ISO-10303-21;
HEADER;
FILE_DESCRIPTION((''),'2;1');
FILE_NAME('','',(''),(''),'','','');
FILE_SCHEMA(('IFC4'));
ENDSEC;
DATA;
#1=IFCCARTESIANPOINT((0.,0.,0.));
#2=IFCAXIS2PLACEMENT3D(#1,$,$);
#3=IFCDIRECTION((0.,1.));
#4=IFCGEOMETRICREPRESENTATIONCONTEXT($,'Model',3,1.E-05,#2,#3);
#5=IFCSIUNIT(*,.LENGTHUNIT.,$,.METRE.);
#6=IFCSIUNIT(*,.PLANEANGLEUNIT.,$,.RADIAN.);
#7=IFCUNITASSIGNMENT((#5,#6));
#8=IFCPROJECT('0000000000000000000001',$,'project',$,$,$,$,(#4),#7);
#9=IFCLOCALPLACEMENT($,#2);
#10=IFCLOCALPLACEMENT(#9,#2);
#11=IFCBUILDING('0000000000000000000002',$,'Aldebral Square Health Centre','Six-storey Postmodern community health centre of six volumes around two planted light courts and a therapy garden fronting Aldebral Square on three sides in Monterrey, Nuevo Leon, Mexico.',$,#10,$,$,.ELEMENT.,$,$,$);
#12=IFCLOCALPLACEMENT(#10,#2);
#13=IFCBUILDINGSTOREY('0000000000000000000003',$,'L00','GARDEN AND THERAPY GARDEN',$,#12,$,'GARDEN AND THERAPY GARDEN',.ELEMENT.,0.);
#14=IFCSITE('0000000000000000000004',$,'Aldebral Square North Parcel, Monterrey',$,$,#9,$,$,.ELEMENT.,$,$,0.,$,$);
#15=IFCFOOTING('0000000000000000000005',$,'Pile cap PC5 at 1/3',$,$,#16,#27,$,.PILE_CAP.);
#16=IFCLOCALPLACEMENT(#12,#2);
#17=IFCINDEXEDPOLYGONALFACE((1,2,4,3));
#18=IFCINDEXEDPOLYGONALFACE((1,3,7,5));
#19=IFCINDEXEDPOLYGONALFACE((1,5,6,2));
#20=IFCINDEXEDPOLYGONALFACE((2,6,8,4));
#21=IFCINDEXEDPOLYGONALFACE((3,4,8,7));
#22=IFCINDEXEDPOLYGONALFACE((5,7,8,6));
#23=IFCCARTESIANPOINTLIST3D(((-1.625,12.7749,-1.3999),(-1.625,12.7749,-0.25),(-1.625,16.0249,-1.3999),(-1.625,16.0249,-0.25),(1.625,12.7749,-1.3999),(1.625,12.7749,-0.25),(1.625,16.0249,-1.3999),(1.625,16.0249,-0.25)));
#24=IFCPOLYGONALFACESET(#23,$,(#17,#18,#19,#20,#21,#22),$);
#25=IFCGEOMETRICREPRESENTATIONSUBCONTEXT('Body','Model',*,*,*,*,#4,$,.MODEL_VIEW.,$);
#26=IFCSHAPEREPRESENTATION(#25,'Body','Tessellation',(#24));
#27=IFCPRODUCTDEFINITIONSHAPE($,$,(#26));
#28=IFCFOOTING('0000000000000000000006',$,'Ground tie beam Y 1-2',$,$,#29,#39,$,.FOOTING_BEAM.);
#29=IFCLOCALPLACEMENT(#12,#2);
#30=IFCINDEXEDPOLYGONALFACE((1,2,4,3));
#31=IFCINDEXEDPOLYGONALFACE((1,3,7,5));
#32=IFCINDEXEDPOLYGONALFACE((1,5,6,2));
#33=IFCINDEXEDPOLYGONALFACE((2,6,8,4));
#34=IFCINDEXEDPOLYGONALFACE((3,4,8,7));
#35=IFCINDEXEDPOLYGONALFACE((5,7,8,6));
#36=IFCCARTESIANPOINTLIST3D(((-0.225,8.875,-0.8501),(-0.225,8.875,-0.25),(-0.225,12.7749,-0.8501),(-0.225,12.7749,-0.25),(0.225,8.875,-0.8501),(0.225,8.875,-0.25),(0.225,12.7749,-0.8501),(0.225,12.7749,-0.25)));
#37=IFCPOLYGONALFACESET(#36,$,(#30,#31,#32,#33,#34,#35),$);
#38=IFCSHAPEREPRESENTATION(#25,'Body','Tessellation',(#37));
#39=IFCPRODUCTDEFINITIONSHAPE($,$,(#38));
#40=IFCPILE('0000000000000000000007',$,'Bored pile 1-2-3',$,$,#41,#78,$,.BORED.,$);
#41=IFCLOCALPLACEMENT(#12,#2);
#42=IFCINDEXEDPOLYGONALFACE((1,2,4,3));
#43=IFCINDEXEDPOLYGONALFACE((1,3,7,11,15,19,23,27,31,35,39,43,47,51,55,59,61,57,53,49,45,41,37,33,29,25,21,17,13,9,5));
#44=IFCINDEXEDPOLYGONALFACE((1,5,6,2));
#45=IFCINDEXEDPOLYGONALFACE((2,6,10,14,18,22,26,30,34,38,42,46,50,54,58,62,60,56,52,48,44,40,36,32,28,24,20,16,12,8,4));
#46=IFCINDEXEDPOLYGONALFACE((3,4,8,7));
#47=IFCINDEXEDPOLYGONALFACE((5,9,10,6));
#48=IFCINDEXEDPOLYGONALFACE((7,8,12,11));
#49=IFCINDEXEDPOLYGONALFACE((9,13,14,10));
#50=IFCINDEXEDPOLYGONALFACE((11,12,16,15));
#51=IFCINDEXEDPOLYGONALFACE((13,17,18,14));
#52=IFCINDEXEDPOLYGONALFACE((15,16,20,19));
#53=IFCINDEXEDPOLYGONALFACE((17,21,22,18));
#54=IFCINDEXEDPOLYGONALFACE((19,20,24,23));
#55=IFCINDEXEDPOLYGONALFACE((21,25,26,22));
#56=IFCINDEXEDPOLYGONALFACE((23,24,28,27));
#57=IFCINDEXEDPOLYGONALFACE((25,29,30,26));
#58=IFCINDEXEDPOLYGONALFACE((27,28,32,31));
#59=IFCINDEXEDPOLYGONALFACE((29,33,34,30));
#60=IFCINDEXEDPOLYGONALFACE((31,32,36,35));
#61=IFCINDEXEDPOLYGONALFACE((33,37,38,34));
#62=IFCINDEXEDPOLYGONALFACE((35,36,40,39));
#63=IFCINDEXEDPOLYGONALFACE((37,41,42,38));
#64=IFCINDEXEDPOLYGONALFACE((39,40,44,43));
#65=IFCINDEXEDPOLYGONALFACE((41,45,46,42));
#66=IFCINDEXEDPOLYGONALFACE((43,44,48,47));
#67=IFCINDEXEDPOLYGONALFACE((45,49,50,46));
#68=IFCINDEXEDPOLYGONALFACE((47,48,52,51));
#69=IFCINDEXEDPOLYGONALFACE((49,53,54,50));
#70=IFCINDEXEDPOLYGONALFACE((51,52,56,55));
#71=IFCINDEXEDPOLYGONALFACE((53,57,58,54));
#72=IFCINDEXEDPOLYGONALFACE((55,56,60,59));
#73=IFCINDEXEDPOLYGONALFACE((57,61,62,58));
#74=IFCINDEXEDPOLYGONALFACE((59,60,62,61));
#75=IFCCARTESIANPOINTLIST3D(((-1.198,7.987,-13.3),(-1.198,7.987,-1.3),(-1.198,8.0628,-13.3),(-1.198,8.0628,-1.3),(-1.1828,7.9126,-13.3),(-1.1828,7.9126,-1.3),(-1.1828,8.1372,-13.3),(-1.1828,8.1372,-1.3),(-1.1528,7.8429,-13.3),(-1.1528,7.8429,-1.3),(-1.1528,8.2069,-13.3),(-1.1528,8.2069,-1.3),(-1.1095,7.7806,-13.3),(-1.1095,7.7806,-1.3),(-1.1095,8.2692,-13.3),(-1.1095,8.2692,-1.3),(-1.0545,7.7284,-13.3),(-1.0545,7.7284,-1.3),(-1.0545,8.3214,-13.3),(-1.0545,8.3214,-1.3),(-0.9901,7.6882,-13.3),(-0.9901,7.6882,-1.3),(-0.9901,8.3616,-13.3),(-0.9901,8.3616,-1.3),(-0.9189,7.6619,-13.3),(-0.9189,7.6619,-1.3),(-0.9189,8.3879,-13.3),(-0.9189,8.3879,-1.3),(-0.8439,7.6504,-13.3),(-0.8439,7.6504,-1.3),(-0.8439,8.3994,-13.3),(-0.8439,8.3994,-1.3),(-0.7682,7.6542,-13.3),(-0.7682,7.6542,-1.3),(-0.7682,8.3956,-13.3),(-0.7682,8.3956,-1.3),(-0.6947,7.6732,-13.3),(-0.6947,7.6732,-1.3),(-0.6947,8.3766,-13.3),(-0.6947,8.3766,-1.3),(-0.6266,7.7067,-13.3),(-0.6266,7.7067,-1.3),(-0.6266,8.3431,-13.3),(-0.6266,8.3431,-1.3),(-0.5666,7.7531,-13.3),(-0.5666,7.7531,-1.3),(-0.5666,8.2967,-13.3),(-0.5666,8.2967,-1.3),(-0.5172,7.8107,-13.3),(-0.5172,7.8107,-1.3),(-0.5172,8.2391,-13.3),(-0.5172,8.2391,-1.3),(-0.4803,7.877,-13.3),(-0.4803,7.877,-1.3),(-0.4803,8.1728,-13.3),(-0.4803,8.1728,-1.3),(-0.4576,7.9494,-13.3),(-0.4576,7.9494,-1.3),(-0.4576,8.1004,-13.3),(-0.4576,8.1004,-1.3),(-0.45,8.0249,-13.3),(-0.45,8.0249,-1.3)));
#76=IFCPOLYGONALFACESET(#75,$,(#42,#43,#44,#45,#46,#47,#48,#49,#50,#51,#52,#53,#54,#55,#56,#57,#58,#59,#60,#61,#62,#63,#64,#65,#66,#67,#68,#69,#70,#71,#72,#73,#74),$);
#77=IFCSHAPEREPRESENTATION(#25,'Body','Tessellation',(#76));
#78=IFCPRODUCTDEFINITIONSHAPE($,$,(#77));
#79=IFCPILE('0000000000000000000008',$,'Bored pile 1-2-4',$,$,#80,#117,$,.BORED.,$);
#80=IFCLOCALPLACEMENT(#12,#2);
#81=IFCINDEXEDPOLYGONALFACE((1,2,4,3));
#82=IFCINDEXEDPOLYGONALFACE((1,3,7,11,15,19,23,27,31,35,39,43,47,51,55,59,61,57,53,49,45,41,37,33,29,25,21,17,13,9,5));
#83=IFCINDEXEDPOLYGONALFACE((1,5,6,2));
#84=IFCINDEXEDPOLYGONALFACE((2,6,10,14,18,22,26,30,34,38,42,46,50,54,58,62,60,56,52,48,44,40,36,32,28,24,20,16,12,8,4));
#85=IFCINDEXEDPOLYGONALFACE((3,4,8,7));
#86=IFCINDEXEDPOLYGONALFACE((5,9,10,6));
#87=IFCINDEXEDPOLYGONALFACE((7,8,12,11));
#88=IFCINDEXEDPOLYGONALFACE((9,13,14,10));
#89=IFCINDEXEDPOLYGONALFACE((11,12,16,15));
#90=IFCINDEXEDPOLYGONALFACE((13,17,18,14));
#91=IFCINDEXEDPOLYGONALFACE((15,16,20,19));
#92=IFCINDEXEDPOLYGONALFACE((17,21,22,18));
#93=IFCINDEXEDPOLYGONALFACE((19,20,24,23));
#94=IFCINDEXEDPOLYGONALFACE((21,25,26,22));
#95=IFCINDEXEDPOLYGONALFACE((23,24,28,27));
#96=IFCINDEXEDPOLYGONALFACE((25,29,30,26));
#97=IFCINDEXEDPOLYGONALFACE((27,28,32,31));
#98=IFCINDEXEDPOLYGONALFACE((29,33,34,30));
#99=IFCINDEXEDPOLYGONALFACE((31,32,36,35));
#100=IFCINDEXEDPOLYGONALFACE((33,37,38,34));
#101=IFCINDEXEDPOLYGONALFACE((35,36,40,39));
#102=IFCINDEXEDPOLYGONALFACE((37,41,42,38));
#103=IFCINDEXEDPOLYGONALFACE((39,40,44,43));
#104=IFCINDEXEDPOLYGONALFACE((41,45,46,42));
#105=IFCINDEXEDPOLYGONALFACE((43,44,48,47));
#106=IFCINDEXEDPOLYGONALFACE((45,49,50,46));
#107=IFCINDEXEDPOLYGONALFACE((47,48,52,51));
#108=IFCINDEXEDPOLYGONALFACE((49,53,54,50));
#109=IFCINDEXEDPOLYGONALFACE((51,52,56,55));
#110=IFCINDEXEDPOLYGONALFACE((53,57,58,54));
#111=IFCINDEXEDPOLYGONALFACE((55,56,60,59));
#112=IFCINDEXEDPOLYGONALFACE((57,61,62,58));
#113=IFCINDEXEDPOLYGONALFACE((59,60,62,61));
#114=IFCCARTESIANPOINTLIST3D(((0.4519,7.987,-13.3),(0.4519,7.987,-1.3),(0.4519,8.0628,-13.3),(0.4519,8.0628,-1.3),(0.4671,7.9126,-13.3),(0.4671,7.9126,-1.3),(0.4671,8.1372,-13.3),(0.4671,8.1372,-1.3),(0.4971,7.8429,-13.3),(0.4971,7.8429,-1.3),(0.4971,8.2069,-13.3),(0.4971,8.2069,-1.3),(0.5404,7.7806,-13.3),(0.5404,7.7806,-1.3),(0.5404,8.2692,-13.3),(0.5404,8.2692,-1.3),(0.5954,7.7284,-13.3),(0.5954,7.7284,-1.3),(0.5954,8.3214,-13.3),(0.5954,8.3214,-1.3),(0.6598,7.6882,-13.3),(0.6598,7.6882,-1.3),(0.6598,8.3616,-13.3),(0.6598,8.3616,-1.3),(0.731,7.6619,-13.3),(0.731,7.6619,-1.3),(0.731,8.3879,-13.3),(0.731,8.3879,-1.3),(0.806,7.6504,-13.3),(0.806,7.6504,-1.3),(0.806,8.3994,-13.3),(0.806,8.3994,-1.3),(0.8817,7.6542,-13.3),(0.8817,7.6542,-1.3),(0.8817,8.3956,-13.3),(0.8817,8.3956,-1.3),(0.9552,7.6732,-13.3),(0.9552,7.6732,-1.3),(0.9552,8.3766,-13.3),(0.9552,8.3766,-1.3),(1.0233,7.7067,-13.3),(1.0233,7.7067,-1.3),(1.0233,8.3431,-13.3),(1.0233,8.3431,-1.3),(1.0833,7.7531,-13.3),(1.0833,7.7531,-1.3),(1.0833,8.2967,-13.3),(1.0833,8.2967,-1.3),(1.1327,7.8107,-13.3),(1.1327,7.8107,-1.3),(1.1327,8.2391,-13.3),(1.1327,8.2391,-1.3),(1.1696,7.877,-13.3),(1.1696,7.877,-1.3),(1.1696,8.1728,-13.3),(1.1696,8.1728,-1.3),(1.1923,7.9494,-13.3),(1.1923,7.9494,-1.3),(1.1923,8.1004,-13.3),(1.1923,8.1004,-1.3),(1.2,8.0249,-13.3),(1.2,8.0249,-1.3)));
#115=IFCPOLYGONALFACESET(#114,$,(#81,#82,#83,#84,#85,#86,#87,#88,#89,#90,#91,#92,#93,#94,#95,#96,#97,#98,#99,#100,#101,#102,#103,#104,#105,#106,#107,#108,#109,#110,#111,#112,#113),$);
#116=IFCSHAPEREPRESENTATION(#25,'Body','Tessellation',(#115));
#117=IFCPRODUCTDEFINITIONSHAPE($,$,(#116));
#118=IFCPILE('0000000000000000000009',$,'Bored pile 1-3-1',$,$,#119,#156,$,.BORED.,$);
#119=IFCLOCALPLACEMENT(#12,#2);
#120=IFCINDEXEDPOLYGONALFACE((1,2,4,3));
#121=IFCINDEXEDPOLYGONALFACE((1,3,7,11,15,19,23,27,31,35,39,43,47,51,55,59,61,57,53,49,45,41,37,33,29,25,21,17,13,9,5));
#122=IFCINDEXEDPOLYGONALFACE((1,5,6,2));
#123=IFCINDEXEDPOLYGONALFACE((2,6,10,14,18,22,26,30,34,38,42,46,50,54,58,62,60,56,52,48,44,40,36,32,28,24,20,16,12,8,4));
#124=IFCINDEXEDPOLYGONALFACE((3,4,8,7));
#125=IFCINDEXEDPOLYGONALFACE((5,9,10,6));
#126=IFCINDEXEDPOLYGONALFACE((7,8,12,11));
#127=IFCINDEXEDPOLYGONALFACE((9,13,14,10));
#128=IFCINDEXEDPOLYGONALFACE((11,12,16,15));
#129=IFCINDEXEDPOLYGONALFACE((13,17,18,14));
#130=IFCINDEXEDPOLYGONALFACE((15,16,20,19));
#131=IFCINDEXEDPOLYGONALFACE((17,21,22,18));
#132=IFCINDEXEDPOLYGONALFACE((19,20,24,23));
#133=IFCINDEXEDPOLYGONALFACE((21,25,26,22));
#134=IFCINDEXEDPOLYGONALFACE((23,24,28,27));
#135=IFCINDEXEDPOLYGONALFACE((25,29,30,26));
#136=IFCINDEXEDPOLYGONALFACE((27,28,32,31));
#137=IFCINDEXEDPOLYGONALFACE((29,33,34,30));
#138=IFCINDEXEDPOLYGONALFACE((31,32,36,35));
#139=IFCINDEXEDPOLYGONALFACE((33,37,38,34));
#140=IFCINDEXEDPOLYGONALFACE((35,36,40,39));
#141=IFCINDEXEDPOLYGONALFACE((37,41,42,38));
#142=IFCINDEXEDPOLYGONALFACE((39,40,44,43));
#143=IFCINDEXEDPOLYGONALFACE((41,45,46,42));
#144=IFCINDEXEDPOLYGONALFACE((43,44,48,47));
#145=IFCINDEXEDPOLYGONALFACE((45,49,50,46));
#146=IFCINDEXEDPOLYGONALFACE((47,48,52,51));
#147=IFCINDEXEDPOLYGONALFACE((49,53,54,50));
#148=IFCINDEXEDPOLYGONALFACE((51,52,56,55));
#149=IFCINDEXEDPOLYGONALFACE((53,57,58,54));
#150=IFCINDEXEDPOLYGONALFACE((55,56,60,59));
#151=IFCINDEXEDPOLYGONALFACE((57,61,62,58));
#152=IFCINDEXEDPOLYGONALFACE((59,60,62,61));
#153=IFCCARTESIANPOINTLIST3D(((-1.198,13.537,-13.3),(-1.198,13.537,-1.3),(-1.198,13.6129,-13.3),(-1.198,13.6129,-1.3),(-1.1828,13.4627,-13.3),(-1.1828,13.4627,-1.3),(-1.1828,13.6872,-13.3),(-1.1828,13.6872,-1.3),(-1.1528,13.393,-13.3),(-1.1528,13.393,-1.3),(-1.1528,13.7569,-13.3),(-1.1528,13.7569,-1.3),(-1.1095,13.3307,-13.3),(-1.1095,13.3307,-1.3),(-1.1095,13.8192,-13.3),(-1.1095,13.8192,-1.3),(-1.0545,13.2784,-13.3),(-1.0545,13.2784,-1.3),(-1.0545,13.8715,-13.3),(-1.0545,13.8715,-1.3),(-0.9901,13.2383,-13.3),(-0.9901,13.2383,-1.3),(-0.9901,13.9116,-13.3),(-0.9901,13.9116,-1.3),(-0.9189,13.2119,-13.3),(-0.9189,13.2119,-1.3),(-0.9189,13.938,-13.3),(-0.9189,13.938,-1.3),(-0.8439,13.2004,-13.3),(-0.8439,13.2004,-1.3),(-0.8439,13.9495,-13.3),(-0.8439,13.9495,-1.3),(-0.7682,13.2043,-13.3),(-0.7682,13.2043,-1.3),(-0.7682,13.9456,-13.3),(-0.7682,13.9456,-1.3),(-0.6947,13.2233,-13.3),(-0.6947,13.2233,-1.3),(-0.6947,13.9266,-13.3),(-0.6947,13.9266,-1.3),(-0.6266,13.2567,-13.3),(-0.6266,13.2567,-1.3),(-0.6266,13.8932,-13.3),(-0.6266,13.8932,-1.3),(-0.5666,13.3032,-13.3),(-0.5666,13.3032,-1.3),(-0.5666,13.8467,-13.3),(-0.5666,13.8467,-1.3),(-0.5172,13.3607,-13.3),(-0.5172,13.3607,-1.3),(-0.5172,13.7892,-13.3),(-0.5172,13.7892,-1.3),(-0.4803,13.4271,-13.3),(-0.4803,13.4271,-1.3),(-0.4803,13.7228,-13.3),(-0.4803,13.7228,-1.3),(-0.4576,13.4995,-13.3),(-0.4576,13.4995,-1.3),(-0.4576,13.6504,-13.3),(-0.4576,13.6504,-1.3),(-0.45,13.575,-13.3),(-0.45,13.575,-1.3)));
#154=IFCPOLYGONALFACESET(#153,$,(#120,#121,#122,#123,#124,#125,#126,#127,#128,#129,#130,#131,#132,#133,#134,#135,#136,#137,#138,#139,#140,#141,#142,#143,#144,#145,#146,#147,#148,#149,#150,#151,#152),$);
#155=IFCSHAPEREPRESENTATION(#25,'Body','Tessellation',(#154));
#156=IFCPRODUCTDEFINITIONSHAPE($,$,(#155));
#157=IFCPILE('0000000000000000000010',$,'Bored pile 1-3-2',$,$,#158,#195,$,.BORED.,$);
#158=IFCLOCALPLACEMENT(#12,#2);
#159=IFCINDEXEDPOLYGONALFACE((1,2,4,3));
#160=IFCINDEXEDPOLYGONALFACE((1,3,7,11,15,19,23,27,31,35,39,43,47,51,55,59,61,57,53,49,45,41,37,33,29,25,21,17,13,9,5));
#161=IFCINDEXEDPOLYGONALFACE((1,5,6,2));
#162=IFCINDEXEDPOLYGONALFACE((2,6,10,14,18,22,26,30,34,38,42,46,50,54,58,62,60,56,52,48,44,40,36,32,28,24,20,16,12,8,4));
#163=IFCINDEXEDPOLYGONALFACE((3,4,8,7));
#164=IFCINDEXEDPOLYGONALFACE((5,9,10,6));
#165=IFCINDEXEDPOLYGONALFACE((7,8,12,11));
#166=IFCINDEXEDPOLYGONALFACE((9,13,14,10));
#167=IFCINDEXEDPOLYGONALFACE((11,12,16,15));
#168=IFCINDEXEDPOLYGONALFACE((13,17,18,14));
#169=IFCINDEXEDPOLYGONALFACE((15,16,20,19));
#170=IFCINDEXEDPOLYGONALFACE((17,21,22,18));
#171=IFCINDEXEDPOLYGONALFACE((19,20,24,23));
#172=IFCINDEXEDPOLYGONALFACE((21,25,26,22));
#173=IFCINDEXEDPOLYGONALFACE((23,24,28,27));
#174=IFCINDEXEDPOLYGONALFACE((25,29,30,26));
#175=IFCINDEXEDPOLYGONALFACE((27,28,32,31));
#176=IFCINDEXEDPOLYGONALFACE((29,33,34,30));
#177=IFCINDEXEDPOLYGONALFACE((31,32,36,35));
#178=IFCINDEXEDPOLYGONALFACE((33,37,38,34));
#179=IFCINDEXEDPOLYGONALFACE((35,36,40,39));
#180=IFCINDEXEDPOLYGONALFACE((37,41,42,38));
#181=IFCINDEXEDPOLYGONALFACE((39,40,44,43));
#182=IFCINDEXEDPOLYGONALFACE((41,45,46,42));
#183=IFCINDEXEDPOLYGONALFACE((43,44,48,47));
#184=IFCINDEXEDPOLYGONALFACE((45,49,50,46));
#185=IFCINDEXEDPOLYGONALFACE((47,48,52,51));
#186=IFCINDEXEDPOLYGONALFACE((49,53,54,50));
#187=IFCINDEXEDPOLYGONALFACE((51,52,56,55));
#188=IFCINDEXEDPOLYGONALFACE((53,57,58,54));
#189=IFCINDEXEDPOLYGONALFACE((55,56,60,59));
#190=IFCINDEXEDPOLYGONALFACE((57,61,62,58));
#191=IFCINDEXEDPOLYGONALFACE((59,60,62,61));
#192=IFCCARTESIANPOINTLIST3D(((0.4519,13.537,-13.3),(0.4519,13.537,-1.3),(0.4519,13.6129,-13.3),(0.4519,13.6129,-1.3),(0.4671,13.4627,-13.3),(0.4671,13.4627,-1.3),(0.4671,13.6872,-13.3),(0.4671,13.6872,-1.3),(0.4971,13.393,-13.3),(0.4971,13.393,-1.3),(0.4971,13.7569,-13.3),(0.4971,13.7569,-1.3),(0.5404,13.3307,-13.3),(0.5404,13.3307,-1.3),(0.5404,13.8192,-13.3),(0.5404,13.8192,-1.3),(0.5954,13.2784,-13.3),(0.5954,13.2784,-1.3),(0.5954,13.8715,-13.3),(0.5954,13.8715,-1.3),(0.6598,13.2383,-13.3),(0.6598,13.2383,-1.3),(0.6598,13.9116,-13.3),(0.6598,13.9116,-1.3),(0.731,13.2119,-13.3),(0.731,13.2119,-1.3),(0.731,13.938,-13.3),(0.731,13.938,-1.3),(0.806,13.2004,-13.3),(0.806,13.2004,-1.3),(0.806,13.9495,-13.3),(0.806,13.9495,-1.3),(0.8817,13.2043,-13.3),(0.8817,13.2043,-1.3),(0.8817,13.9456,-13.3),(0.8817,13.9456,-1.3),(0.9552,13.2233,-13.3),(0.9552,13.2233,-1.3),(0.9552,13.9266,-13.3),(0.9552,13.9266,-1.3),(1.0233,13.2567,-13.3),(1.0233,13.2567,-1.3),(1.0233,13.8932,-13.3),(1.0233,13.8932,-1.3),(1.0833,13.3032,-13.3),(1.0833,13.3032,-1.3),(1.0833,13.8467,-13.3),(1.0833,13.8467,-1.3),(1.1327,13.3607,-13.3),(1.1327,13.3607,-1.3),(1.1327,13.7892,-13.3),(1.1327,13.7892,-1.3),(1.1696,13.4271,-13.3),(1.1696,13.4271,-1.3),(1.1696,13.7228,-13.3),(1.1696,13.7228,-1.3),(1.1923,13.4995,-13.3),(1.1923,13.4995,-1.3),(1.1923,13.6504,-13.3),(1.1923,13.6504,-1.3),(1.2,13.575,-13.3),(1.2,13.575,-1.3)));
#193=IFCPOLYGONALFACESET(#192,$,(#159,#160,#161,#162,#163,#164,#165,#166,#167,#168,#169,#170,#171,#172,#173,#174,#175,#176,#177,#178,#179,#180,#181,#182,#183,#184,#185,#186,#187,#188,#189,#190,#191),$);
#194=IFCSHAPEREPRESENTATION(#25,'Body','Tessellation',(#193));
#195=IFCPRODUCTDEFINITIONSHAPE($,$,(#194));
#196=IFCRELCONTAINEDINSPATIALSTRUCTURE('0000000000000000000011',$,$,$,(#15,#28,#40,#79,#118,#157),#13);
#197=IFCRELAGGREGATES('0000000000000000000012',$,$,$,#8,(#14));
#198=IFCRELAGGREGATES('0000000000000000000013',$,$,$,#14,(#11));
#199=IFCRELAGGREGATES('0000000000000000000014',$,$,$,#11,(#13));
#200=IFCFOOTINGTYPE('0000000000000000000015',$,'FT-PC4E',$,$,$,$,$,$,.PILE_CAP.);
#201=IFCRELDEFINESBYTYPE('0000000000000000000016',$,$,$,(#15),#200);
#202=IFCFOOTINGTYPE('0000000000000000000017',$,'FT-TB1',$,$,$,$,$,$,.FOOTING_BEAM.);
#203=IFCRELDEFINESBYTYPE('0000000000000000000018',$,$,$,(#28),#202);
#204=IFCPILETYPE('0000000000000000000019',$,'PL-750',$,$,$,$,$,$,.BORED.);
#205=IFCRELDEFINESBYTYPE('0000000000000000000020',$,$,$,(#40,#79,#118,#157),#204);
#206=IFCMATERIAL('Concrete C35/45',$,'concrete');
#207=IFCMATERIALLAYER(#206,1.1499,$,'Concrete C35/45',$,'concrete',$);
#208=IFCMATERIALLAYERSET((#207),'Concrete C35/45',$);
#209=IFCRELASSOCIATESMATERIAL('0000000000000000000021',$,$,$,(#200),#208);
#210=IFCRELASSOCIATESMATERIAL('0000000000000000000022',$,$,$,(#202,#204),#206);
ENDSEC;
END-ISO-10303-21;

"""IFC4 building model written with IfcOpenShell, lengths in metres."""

from ifc_helpers import new_model, si_unit, direction, frame, origin, origin_2d, place, context, subcontext, project, spatial, rectangle, circle, extrude, material, layer, layer_set, material_profile, profile_set, type_object, element, save


model = new_model("IFC4")

# Units and contexts
model_context = context("Model", 3, precision=1e-05, world=origin(), true_north=direction((0.0, 1.0)))
body_context = subcontext(model_context, "Body", "Model", "MODEL_VIEW")
ifc_project = project(units=[si_unit("LENGTHUNIT", "METRE"), si_unit("PLANEANGLEUNIT", "RADIAN")], contexts=[model_context])

# Site, building, storey
site_placement = place(None, origin())
site = spatial("IfcSite", under=ifc_project, at=site_placement, Name="Aldebral Square North Parcel, Monterrey", CompositionType="ELEMENT", RefElevation=0.0)
building_placement = place(site_placement, origin())
building = spatial("IfcBuilding", under=site, at=building_placement, Name="Aldebral Square Health Centre", Description="Six-storey Postmodern community health centre of six volumes around two planted light courts and a therapy garden fronting Aldebral Square on three sides in Monterrey, Nuevo Leon, Mexico.", CompositionType="ELEMENT")
storey_placement = place(building_placement, origin())
storey = spatial("IfcBuildingStorey", under=building, at=storey_placement, Name="L00", Description="GARDEN AND THERAPY GARDEN", LongName="GARDEN AND THERAPY GARDEN", CompositionType="ELEMENT", Elevation=0.0)

# Footings
ifc_material_1 = material(Name="Concrete C35/45", Category="concrete")
ifc_layer_1 = layer(ifc_material_1, 1.1499, Name="Concrete C35/45", Category="concrete")
ifc_layer_set_1 = layer_set([ifc_layer_1], Name="Concrete C35/45")
footing_type_1 = type_object("IfcFootingType", Name="FT-PC4E", PredefinedType="PILE_CAP", material=ifc_layer_set_1)
footing_1_placement = place(storey_placement, frame((0.0, 14.3999, -1.3999), z_axis=(0.0, 0.0, 1.0), x_axis=(1.0, 0.0, 0.0)))
element("IfcFooting", 1, at=footing_1_placement, inside=storey, type_object=footing_type_1, Name="Pile cap PC5 at 1/3", PredefinedType="PILE_CAP", context=body_context, shape_type="SweptSolid", body=[
    extrude(rectangle(XDim=3.25, YDim=3.25, at=origin_2d()), origin(), (0.0, 0.0, 1.0), 1.1499),
])
ifc_material_profile_1 = material_profile(ifc_material_1, rectangle(XDim=0.45, YDim=0.6001, at=origin_2d()), Name="RC 450x600")
ifc_profile_set_1 = profile_set([ifc_material_profile_1], Name="Concrete C35/45")
footing_type_2 = type_object("IfcFootingType", Name="FT-TB1", PredefinedType="FOOTING_BEAM", material=ifc_profile_set_1)
footing_2_placement = place(storey_placement, frame((0.0, 8.875, -0.55), z_axis=(0.0, 1.0, 0.0), x_axis=(-1.0, 0.0, 0.0)))
element("IfcFooting", 2, at=footing_2_placement, inside=storey, type_object=footing_type_2, Name="Ground tie beam Y 1-2", PredefinedType="FOOTING_BEAM", context=body_context, shape_type="SweptSolid", body=[
    extrude(rectangle(XDim=0.45, YDim=0.6001, at=origin_2d()), origin(), (0.0, 0.0, 1.0), 3.8999),
])

# Piles
ifc_material_profile_2 = material_profile(ifc_material_1, circle(Radius=0.375, at=origin_2d()), Name="PILE D750")
ifc_profile_set_2 = profile_set([ifc_material_profile_2], Name="Concrete C35/45")
pile_type = type_object("IfcPileType", Name="PL-750", PredefinedType="BORED", material=ifc_profile_set_2)
for number, where, z_axis, x_axis, name in (
    (3, (-0.825, 8.0249, -1.3), (0.0, 0.0, -1.0), (1.0, 0.0, 0.0), "Bored pile 1-2-3"),
    (4, (0.825, 8.0249, -1.3), (0.0, 0.0, -1.0), (1.0, 0.0, 0.0), "Bored pile 1-2-4"),
    (5, (-0.825, 13.575, -1.3), (0.0, 0.0, -1.0), (1.0, 0.0, 0.0), "Bored pile 1-3-1"),
    (6, (0.825, 13.575, -1.3), (0.0, 0.0, -1.0), (1.0, 0.0, 0.0), "Bored pile 1-3-2"),
):
    element("IfcPile", number, at=place(storey_placement, frame(where, z_axis=z_axis, x_axis=x_axis)), inside=storey, type_object=pile_type, Name=name, PredefinedType="BORED", context=body_context, shape_type="SweptSolid", body=[
        extrude(circle(Radius=0.375, at=origin_2d()), origin(), (0.0, 0.0, 1.0), 12.0),
    ])

save(model, "model.ifc")
